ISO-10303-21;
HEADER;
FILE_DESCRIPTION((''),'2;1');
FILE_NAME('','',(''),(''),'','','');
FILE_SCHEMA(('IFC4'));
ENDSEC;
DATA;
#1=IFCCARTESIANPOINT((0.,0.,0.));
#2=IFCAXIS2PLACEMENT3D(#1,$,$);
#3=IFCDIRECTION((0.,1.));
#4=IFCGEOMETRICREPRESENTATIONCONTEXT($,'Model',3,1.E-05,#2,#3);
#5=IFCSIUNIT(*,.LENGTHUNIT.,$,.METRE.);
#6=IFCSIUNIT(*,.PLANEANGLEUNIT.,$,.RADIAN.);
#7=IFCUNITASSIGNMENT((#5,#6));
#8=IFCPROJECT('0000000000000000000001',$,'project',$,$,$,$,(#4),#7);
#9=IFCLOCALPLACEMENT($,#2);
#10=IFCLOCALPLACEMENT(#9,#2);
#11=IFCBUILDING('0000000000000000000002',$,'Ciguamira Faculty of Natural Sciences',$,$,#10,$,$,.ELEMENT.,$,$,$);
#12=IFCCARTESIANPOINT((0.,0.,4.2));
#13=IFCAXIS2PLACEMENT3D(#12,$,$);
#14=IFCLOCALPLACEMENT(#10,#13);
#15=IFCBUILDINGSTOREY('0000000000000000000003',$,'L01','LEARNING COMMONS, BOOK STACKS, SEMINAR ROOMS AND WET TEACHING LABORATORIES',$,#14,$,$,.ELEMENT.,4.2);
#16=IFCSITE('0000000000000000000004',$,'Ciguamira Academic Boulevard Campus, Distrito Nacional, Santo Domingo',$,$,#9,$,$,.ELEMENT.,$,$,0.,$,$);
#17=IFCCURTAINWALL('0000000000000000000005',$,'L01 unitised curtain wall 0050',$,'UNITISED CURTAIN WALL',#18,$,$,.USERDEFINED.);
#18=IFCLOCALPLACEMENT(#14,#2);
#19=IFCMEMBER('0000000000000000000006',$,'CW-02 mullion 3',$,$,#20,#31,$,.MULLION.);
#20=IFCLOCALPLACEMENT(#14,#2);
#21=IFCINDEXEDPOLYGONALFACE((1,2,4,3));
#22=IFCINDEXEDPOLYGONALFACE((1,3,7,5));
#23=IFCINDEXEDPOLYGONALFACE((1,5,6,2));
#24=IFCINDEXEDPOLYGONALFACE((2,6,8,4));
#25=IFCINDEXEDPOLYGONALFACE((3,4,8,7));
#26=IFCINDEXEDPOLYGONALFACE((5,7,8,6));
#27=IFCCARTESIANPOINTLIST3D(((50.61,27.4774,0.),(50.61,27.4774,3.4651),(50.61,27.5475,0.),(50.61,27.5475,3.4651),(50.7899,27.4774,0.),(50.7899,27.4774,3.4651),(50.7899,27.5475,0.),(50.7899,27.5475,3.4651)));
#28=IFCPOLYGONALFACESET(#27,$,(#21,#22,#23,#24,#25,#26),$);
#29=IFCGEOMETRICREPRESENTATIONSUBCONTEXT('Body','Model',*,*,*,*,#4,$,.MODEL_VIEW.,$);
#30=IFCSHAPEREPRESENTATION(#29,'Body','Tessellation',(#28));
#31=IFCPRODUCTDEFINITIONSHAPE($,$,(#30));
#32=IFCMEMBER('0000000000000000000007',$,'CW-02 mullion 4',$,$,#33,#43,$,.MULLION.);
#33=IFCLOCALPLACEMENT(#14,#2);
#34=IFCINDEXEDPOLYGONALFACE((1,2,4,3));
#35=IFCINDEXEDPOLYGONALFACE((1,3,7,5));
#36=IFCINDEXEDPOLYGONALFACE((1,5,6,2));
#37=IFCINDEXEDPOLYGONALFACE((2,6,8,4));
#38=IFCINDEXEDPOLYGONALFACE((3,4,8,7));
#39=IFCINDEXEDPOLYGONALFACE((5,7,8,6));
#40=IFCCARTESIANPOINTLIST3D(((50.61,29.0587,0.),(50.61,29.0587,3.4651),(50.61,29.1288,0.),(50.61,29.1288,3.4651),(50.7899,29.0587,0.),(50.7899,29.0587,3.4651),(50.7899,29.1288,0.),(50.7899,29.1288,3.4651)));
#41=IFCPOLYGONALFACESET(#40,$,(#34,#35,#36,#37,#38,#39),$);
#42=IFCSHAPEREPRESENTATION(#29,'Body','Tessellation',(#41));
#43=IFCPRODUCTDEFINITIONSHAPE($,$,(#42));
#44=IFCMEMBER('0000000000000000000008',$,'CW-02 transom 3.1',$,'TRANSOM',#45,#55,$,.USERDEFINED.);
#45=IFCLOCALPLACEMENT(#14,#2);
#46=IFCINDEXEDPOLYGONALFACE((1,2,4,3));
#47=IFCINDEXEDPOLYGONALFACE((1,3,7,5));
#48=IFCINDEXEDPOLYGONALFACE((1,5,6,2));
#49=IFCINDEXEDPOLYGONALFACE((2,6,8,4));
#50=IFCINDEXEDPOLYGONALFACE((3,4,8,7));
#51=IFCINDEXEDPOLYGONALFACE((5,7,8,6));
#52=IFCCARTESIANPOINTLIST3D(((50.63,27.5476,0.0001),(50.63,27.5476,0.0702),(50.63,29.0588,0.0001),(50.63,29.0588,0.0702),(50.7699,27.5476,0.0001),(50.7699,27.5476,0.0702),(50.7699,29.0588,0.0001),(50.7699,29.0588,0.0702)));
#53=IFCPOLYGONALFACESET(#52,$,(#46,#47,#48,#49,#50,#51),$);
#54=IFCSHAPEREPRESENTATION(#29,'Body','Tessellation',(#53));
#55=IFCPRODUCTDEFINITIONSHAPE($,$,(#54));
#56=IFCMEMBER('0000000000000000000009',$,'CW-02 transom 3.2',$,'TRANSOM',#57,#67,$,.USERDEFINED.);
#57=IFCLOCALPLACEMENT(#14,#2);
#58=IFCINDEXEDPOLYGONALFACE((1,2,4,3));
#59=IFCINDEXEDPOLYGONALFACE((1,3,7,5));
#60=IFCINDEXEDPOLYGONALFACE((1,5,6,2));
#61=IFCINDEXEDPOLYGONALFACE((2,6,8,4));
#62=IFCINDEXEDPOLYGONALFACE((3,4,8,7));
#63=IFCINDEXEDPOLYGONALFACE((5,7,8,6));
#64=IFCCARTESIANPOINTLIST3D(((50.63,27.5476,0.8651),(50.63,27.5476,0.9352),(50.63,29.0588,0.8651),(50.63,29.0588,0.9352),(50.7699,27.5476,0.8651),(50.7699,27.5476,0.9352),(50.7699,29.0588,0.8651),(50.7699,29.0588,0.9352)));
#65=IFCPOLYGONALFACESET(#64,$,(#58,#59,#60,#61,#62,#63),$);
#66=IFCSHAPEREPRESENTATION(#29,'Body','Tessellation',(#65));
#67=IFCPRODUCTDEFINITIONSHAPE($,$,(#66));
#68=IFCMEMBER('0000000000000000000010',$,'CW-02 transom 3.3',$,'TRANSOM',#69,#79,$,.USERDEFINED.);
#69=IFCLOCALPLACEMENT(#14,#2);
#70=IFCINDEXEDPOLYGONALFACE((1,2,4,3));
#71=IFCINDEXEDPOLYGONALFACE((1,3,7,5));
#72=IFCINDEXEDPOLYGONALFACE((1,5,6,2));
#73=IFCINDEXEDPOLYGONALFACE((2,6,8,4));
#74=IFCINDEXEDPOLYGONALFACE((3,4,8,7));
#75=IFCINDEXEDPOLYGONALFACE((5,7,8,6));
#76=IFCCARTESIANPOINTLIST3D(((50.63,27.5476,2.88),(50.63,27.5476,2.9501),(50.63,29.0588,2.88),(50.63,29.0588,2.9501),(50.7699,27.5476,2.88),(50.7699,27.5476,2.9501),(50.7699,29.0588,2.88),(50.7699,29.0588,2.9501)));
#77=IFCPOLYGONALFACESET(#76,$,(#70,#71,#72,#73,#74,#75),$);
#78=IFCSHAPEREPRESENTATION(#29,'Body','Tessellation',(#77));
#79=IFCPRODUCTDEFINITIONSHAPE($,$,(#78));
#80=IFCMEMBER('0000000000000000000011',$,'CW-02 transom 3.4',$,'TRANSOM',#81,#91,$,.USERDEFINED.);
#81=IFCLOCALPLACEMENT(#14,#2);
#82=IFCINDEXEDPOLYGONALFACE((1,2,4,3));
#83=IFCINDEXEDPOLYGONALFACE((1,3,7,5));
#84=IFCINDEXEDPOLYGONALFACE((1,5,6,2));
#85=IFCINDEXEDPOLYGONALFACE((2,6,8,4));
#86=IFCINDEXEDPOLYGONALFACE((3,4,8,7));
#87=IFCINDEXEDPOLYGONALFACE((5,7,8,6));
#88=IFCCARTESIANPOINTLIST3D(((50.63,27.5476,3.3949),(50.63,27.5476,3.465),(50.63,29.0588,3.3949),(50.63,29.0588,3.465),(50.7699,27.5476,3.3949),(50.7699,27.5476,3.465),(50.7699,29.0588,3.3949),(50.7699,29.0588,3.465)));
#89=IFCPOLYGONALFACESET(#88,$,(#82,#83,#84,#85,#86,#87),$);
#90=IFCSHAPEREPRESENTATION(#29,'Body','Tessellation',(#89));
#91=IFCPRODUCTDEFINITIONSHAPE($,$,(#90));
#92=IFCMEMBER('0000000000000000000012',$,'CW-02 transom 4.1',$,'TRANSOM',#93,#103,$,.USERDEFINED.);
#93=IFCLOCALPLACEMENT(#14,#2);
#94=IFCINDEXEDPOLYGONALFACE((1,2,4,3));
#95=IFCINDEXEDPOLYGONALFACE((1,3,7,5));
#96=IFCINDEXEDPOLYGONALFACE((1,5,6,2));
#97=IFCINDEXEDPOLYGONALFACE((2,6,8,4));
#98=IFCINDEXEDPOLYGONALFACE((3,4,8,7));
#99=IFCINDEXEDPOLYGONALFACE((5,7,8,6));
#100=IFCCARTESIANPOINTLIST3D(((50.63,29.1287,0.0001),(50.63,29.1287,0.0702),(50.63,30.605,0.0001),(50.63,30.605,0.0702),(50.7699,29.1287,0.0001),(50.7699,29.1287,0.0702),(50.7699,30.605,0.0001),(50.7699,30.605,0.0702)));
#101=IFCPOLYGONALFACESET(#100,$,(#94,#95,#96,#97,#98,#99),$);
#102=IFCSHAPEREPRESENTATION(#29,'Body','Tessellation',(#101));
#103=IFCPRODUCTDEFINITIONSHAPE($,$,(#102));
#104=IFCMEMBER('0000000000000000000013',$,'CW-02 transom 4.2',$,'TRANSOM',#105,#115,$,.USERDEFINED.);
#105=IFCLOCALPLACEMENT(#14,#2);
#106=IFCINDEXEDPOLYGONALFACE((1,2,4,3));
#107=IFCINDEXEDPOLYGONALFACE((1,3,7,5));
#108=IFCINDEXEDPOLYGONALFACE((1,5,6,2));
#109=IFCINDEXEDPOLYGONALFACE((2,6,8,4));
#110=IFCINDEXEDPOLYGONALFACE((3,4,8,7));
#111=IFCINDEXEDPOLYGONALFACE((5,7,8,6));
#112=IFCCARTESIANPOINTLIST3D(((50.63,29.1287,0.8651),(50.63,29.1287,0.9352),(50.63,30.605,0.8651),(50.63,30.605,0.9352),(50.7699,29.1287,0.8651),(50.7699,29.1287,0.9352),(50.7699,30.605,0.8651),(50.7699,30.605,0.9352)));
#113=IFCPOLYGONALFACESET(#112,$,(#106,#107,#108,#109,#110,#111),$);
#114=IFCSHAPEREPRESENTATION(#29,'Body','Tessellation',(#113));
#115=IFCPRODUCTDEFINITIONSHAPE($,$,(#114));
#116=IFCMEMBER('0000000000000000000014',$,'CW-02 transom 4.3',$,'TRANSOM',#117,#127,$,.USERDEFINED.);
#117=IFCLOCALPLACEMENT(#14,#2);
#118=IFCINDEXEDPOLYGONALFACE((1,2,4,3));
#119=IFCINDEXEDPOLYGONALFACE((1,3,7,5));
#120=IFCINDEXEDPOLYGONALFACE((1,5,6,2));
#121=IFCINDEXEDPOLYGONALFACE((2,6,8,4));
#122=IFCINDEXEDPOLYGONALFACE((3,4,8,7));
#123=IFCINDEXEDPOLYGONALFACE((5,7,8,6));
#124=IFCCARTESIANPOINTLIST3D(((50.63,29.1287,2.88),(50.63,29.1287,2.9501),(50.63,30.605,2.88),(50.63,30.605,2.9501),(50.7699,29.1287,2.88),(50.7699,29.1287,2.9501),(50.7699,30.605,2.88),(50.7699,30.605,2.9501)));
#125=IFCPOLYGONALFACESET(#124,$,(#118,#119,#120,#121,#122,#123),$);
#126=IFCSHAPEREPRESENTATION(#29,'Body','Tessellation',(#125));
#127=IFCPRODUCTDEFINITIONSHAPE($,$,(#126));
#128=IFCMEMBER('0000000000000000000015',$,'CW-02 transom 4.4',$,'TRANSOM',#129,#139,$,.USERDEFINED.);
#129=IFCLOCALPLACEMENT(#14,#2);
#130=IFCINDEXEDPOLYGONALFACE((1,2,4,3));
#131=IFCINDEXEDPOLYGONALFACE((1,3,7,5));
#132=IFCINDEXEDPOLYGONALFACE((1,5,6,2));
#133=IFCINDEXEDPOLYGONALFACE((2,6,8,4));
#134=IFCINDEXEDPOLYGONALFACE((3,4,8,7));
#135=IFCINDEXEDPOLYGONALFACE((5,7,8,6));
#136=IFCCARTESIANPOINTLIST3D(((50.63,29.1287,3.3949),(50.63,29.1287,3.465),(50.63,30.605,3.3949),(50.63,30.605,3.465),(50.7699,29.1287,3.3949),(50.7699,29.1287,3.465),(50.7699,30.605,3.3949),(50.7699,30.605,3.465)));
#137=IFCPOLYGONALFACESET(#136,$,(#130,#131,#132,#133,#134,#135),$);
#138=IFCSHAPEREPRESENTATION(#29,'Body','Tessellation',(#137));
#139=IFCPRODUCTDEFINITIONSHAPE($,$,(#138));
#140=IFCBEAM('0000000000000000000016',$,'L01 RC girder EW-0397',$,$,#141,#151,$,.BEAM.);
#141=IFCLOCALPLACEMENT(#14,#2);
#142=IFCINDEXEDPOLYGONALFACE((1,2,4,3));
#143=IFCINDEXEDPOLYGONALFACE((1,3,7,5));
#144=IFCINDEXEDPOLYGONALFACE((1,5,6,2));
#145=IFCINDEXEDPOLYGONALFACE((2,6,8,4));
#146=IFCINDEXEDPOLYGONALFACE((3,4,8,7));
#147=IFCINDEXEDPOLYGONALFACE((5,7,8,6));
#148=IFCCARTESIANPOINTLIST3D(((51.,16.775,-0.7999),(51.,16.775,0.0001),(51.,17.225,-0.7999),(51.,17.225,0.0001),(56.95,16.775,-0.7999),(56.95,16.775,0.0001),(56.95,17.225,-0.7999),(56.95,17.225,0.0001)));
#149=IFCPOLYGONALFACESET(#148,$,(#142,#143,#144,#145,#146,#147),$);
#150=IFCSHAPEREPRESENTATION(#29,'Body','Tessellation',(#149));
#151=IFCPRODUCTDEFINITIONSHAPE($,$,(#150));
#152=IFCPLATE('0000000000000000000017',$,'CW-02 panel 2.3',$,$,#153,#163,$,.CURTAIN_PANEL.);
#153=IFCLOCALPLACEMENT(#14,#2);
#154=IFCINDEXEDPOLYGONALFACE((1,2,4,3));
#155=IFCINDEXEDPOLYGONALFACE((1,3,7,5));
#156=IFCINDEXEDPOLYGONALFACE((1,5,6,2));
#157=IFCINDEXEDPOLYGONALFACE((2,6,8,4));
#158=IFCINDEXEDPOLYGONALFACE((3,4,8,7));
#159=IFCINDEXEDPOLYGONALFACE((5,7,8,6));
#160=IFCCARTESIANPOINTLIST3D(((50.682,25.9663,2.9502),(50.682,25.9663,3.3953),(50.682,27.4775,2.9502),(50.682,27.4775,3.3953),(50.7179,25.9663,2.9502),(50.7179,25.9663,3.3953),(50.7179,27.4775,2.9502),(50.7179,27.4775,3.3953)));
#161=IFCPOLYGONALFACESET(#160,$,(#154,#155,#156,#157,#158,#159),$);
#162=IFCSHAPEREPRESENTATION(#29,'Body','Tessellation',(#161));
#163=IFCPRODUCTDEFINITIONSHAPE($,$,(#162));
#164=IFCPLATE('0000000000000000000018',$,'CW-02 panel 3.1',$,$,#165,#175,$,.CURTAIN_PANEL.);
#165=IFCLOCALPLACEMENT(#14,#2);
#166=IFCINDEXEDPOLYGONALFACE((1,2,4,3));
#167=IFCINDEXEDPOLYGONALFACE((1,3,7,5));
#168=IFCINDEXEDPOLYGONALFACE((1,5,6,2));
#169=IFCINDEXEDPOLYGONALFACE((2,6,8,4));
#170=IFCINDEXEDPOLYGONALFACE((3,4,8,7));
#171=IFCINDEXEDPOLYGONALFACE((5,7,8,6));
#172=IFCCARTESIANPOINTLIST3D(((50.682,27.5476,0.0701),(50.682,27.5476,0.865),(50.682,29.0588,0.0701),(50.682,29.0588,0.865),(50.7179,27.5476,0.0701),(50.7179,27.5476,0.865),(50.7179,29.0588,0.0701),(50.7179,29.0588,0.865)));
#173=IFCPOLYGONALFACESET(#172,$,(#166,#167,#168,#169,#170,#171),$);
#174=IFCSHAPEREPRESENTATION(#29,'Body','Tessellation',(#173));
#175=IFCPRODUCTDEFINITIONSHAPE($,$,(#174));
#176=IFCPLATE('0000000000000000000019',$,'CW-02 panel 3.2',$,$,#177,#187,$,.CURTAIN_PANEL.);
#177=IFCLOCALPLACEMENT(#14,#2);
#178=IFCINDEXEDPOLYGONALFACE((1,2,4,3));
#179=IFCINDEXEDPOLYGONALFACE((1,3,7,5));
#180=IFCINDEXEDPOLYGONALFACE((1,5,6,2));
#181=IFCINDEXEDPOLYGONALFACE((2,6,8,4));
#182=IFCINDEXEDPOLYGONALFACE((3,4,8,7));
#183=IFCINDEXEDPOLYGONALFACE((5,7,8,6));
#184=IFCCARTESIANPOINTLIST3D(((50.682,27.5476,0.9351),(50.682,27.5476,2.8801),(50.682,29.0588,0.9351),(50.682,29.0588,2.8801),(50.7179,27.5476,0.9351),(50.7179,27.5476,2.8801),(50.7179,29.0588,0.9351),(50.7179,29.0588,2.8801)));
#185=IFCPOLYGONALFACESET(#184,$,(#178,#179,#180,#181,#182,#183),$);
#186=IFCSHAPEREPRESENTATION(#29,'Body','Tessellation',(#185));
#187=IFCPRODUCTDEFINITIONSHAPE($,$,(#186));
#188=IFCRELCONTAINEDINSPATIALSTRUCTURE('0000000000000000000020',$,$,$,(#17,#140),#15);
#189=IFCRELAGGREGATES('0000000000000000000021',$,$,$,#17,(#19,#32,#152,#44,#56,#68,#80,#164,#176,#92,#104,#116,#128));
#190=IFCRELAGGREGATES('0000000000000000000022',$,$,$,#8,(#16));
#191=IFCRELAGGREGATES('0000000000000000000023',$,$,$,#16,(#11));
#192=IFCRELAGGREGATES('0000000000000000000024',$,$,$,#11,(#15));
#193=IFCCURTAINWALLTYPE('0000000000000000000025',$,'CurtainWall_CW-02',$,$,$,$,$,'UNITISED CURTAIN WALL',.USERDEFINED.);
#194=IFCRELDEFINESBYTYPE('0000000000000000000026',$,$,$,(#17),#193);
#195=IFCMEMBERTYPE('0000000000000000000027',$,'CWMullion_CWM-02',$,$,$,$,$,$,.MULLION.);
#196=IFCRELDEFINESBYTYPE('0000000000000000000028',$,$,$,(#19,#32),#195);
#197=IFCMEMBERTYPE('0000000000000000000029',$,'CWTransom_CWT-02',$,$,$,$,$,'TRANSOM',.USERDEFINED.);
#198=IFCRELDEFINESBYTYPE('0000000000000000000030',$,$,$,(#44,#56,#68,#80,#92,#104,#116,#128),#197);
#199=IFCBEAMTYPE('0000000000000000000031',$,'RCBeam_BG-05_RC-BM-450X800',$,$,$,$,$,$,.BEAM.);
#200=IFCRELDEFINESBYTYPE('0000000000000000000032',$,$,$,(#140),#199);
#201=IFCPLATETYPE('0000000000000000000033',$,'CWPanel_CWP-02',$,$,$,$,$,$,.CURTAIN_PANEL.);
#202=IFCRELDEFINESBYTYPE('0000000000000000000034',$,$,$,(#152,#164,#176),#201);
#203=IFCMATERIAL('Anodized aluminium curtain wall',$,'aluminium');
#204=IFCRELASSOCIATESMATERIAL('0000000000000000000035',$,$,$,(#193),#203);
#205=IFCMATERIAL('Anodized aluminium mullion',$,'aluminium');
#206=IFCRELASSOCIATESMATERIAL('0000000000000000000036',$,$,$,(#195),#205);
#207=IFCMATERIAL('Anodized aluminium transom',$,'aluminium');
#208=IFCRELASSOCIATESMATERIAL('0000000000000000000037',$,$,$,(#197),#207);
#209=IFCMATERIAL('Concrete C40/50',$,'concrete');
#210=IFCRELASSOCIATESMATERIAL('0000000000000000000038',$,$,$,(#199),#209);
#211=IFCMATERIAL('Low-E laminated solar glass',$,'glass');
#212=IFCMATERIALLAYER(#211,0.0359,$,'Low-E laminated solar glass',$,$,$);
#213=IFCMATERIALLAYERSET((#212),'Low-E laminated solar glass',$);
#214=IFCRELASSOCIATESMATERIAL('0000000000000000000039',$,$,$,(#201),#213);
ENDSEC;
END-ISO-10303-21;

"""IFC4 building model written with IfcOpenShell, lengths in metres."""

from ifc_helpers import new_model, si_unit, direction, frame, origin, origin_2d, place, context, subcontext, project, spatial, rectangle, extrude, material, layer, layer_set, material_profile, profile_set, type_object, element, aggregate, save


model = new_model("IFC4")

# Units and contexts
model_context = context("Model", 3, precision=1e-05, world=origin(), true_north=direction((0.0, 1.0)))
body_context = subcontext(model_context, "Body", "Model", "MODEL_VIEW")
ifc_project = project(units=[si_unit("LENGTHUNIT", "METRE"), si_unit("PLANEANGLEUNIT", "RADIAN")], contexts=[model_context])

# Site, building, storey
site_placement = place(None, origin())
site = spatial("IfcSite", under=ifc_project, at=site_placement, Name="Ciguamira Academic Boulevard Campus, Distrito Nacional, Santo Domingo", CompositionType="ELEMENT", RefElevation=0.0)
building_placement = place(site_placement, origin())
building = spatial("IfcBuilding", under=site, at=building_placement, Name="Ciguamira Faculty of Natural Sciences", CompositionType="ELEMENT")
storey_placement = place(building_placement, frame((0.0, 0.0, 4.2)))
storey = spatial("IfcBuildingStorey", under=building, at=storey_placement, Name="L01", Description="LEARNING COMMONS, BOOK STACKS, SEMINAR ROOMS AND WET TEACHING LABORATORIES", CompositionType="ELEMENT", Elevation=4.2)

# Curtain wall, members
ifc_material_1 = material(Name="Anodized aluminium curtain wall", Category="aluminium")
curtain_wall_type = type_object("IfcCurtainWallType", Name="CurtainWall_CW-02", ElementType="UNITISED CURTAIN WALL", PredefinedType="USERDEFINED", material=ifc_material_1)
curtain_wall_placement = place(storey_placement, origin())
curtain_wall = element("IfcCurtainWall", 1, at=curtain_wall_placement, inside=storey, type_object=curtain_wall_type, Name="L01 unitised curtain wall 0050", ObjectType="UNITISED CURTAIN WALL", PredefinedType="USERDEFINED")
ifc_material_2 = material(Name="Anodized aluminium mullion", Category="aluminium")
ifc_material_profile_1 = material_profile(ifc_material_2, rectangle(XDim=0.0701, YDim=0.1799, at=origin_2d()), Name="ALU-MUL-70X180")
ifc_profile_set_1 = profile_set([ifc_material_profile_1], Name="Anodized aluminium mullion")
member_type_1 = type_object("IfcMemberType", Name="CWMullion_CWM-02", PredefinedType="MULLION", material=ifc_profile_set_1)
member_1_placement = place(storey_placement, frame((50.7, 27.5125, 0.0), z_axis=(0.0, 0.0, 1.0), x_axis=(0.0, 1.0, 0.0)))
member_1 = element("IfcMember", 2, at=member_1_placement, type_object=member_type_1, Name="CW-02 mullion 3", PredefinedType="MULLION", context=body_context, shape_type="SweptSolid", body=[
    extrude(rectangle(XDim=0.0701, YDim=0.1799, at=origin_2d()), origin(), (0.0, 0.0, 1.0), 3.4651),
])
member_2_placement = place(storey_placement, frame((50.7, 29.0938, 0.0), z_axis=(0.0, 0.0, 1.0), x_axis=(0.0, 1.0, 0.0)))
member_2 = element("IfcMember", 3, at=member_2_placement, type_object=member_type_1, Name="CW-02 mullion 4", PredefinedType="MULLION", context=body_context, shape_type="SweptSolid", body=[
    extrude(rectangle(XDim=0.0701, YDim=0.1799, at=origin_2d()), origin(), (0.0, 0.0, 1.0), 3.4651),
])
ifc_material_3 = material(Name="Anodized aluminium transom", Category="aluminium")
ifc_material_profile_2 = material_profile(ifc_material_3, rectangle(XDim=0.0701, YDim=0.1399, at=origin_2d()), Name="ALU-TRN-70X140")
ifc_profile_set_2 = profile_set([ifc_material_profile_2], Name="Anodized aluminium transom")
member_type_2 = type_object("IfcMemberType", Name="CWTransom_CWT-02", ElementType="TRANSOM", PredefinedType="USERDEFINED", material=ifc_profile_set_2)
member_3_placement = place(storey_placement, frame((50.7, 27.5476, 0.0352), z_axis=(0.0, 1.0, 0.0), x_axis=(0.0, 0.0, 1.0)))
member_3 = element("IfcMember", 4, at=member_3_placement, type_object=member_type_2, Name="CW-02 transom 3.1", ObjectType="TRANSOM", PredefinedType="USERDEFINED", context=body_context, shape_type="SweptSolid", body=[
    extrude(rectangle(XDim=0.0701, YDim=0.1399, at=origin_2d()), origin(), (0.0, 0.0, 1.0), 1.5112),
])
member_4_placement = place(storey_placement, frame((50.7, 27.5476, 0.9001), z_axis=(0.0, 1.0, 0.0), x_axis=(0.0, 0.0, 1.0)))
member_4 = element("IfcMember", 5, at=member_4_placement, type_object=member_type_2, Name="CW-02 transom 3.2", ObjectType="TRANSOM", PredefinedType="USERDEFINED", context=body_context, shape_type="SweptSolid", body=[
    extrude(rectangle(XDim=0.0701, YDim=0.1399, at=origin_2d()), origin(), (0.0, 0.0, 1.0), 1.5112),
])
member_5_placement = place(storey_placement, frame((50.7, 27.5476, 2.915), z_axis=(0.0, 1.0, 0.0), x_axis=(0.0, 0.0, 1.0)))
member_5 = element("IfcMember", 6, at=member_5_placement, type_object=member_type_2, Name="CW-02 transom 3.3", ObjectType="TRANSOM", PredefinedType="USERDEFINED", context=body_context, shape_type="SweptSolid", body=[
    extrude(rectangle(XDim=0.0701, YDim=0.1399, at=origin_2d()), origin(), (0.0, 0.0, 1.0), 1.5112),
])
member_6_placement = place(storey_placement, frame((50.7, 27.5476, 3.4299), z_axis=(0.0, 1.0, 0.0), x_axis=(0.0, 0.0, 1.0)))
member_6 = element("IfcMember", 7, at=member_6_placement, type_object=member_type_2, Name="CW-02 transom 3.4", ObjectType="TRANSOM", PredefinedType="USERDEFINED", context=body_context, shape_type="SweptSolid", body=[
    extrude(rectangle(XDim=0.0701, YDim=0.1399, at=origin_2d()), origin(), (0.0, 0.0, 1.0), 1.5112),
])
member_7_placement = place(storey_placement, frame((50.7, 29.1287, 0.0352), z_axis=(0.0, 1.0, 0.0), x_axis=(0.0, 0.0, 1.0)))
member_7 = element("IfcMember", 8, at=member_7_placement, type_object=member_type_2, Name="CW-02 transom 4.1", ObjectType="TRANSOM", PredefinedType="USERDEFINED", context=body_context, shape_type="SweptSolid", body=[
    extrude(rectangle(XDim=0.0701, YDim=0.1399, at=origin_2d()), origin(), (0.0, 0.0, 1.0), 1.4763),
])
member_8_placement = place(storey_placement, frame((50.7, 29.1287, 0.9001), z_axis=(0.0, 1.0, 0.0), x_axis=(0.0, 0.0, 1.0)))
member_8 = element("IfcMember", 9, at=member_8_placement, type_object=member_type_2, Name="CW-02 transom 4.2", ObjectType="TRANSOM", PredefinedType="USERDEFINED", context=body_context, shape_type="SweptSolid", body=[
    extrude(rectangle(XDim=0.0701, YDim=0.1399, at=origin_2d()), origin(), (0.0, 0.0, 1.0), 1.4763),
])
member_9_placement = place(storey_placement, frame((50.7, 29.1287, 2.915), z_axis=(0.0, 1.0, 0.0), x_axis=(0.0, 0.0, 1.0)))
member_9 = element("IfcMember", 10, at=member_9_placement, type_object=member_type_2, Name="CW-02 transom 4.3", ObjectType="TRANSOM", PredefinedType="USERDEFINED", context=body_context, shape_type="SweptSolid", body=[
    extrude(rectangle(XDim=0.0701, YDim=0.1399, at=origin_2d()), origin(), (0.0, 0.0, 1.0), 1.4763),
])
member_10_placement = place(storey_placement, frame((50.7, 29.1287, 3.4299), z_axis=(0.0, 1.0, 0.0), x_axis=(0.0, 0.0, 1.0)))
member_10 = element("IfcMember", 11, at=member_10_placement, type_object=member_type_2, Name="CW-02 transom 4.4", ObjectType="TRANSOM", PredefinedType="USERDEFINED", context=body_context, shape_type="SweptSolid", body=[
    extrude(rectangle(XDim=0.0701, YDim=0.1399, at=origin_2d()), origin(), (0.0, 0.0, 1.0), 1.4763),
])

# Beam
ifc_material_4 = material(Name="Concrete C40/50", Category="concrete")
ifc_material_profile_3 = material_profile(ifc_material_4, rectangle(XDim=0.45, YDim=0.8, at=origin_2d()), Name="RC-BM-450X800")
ifc_profile_set_3 = profile_set([ifc_material_profile_3], Name="Concrete C40/50")
beam_type = type_object("IfcBeamType", Name="RCBeam_BG-05_RC-BM-450X800", PredefinedType="BEAM", material=ifc_profile_set_3)
beam_placement = place(storey_placement, frame((51.0, 17.0, -0.3999), z_axis=(1.0, 0.0, 0.0), x_axis=(0.0, 1.0, 0.0)))
element("IfcBeam", 12, at=beam_placement, inside=storey, type_object=beam_type, Name="L01 RC girder EW-0397", PredefinedType="BEAM", context=body_context, shape_type="SweptSolid", body=[
    extrude(rectangle(XDim=0.45, YDim=0.8, at=origin_2d()), origin(), (0.0, 0.0, 1.0), 5.95),
])

# Plates
ifc_material_5 = material(Name="Low-E laminated solar glass", Category="glass")
ifc_layer_1 = layer(ifc_material_5, 0.0359, Name="Low-E laminated solar glass")
ifc_layer_set_1 = layer_set([ifc_layer_1], Name="Low-E laminated solar glass")
plate_type = type_object("IfcPlateType", Name="CWPanel_CWP-02", PredefinedType="CURTAIN_PANEL", material=ifc_layer_set_1)
plate_1_placement = place(storey_placement, frame((50.7, 26.7219, 2.9502), z_axis=(0.0, 0.0, 1.0), x_axis=(0.0, 1.0, 0.0)))
plate_1 = element("IfcPlate", 13, at=plate_1_placement, type_object=plate_type, Name="CW-02 panel 2.3", PredefinedType="CURTAIN_PANEL", context=body_context, shape_type="SweptSolid", body=[
    extrude(rectangle(XDim=1.5112, YDim=0.0359, at=origin_2d()), origin(), (0.0, 0.0, 1.0), 0.4451),
])
plate_2_placement = place(storey_placement, frame((50.7, 28.3032, 0.0701), z_axis=(0.0, 0.0, 1.0), x_axis=(0.0, 1.0, 0.0)))
plate_2 = element("IfcPlate", 14, at=plate_2_placement, type_object=plate_type, Name="CW-02 panel 3.1", PredefinedType="CURTAIN_PANEL", context=body_context, shape_type="SweptSolid", body=[
    extrude(rectangle(XDim=1.5112, YDim=0.0359, at=origin_2d()), origin(), (0.0, 0.0, 1.0), 0.7949),
])
plate_3_placement = place(storey_placement, frame((50.7, 28.3032, 0.9351), z_axis=(0.0, 0.0, 1.0), x_axis=(0.0, 1.0, 0.0)))
plate_3 = element("IfcPlate", 15, at=plate_3_placement, type_object=plate_type, Name="CW-02 panel 3.2", PredefinedType="CURTAIN_PANEL", context=body_context, shape_type="SweptSolid", body=[
    extrude(rectangle(XDim=1.5112, YDim=0.0359, at=origin_2d()), origin(), (0.0, 0.0, 1.0), 1.9451),
])
aggregate(curtain_wall, [member_1, member_2, plate_1, member_3, member_4, member_5, member_6, plate_2, plate_3, member_7, member_8, member_9, member_10])

save(model, "model.ifc")
